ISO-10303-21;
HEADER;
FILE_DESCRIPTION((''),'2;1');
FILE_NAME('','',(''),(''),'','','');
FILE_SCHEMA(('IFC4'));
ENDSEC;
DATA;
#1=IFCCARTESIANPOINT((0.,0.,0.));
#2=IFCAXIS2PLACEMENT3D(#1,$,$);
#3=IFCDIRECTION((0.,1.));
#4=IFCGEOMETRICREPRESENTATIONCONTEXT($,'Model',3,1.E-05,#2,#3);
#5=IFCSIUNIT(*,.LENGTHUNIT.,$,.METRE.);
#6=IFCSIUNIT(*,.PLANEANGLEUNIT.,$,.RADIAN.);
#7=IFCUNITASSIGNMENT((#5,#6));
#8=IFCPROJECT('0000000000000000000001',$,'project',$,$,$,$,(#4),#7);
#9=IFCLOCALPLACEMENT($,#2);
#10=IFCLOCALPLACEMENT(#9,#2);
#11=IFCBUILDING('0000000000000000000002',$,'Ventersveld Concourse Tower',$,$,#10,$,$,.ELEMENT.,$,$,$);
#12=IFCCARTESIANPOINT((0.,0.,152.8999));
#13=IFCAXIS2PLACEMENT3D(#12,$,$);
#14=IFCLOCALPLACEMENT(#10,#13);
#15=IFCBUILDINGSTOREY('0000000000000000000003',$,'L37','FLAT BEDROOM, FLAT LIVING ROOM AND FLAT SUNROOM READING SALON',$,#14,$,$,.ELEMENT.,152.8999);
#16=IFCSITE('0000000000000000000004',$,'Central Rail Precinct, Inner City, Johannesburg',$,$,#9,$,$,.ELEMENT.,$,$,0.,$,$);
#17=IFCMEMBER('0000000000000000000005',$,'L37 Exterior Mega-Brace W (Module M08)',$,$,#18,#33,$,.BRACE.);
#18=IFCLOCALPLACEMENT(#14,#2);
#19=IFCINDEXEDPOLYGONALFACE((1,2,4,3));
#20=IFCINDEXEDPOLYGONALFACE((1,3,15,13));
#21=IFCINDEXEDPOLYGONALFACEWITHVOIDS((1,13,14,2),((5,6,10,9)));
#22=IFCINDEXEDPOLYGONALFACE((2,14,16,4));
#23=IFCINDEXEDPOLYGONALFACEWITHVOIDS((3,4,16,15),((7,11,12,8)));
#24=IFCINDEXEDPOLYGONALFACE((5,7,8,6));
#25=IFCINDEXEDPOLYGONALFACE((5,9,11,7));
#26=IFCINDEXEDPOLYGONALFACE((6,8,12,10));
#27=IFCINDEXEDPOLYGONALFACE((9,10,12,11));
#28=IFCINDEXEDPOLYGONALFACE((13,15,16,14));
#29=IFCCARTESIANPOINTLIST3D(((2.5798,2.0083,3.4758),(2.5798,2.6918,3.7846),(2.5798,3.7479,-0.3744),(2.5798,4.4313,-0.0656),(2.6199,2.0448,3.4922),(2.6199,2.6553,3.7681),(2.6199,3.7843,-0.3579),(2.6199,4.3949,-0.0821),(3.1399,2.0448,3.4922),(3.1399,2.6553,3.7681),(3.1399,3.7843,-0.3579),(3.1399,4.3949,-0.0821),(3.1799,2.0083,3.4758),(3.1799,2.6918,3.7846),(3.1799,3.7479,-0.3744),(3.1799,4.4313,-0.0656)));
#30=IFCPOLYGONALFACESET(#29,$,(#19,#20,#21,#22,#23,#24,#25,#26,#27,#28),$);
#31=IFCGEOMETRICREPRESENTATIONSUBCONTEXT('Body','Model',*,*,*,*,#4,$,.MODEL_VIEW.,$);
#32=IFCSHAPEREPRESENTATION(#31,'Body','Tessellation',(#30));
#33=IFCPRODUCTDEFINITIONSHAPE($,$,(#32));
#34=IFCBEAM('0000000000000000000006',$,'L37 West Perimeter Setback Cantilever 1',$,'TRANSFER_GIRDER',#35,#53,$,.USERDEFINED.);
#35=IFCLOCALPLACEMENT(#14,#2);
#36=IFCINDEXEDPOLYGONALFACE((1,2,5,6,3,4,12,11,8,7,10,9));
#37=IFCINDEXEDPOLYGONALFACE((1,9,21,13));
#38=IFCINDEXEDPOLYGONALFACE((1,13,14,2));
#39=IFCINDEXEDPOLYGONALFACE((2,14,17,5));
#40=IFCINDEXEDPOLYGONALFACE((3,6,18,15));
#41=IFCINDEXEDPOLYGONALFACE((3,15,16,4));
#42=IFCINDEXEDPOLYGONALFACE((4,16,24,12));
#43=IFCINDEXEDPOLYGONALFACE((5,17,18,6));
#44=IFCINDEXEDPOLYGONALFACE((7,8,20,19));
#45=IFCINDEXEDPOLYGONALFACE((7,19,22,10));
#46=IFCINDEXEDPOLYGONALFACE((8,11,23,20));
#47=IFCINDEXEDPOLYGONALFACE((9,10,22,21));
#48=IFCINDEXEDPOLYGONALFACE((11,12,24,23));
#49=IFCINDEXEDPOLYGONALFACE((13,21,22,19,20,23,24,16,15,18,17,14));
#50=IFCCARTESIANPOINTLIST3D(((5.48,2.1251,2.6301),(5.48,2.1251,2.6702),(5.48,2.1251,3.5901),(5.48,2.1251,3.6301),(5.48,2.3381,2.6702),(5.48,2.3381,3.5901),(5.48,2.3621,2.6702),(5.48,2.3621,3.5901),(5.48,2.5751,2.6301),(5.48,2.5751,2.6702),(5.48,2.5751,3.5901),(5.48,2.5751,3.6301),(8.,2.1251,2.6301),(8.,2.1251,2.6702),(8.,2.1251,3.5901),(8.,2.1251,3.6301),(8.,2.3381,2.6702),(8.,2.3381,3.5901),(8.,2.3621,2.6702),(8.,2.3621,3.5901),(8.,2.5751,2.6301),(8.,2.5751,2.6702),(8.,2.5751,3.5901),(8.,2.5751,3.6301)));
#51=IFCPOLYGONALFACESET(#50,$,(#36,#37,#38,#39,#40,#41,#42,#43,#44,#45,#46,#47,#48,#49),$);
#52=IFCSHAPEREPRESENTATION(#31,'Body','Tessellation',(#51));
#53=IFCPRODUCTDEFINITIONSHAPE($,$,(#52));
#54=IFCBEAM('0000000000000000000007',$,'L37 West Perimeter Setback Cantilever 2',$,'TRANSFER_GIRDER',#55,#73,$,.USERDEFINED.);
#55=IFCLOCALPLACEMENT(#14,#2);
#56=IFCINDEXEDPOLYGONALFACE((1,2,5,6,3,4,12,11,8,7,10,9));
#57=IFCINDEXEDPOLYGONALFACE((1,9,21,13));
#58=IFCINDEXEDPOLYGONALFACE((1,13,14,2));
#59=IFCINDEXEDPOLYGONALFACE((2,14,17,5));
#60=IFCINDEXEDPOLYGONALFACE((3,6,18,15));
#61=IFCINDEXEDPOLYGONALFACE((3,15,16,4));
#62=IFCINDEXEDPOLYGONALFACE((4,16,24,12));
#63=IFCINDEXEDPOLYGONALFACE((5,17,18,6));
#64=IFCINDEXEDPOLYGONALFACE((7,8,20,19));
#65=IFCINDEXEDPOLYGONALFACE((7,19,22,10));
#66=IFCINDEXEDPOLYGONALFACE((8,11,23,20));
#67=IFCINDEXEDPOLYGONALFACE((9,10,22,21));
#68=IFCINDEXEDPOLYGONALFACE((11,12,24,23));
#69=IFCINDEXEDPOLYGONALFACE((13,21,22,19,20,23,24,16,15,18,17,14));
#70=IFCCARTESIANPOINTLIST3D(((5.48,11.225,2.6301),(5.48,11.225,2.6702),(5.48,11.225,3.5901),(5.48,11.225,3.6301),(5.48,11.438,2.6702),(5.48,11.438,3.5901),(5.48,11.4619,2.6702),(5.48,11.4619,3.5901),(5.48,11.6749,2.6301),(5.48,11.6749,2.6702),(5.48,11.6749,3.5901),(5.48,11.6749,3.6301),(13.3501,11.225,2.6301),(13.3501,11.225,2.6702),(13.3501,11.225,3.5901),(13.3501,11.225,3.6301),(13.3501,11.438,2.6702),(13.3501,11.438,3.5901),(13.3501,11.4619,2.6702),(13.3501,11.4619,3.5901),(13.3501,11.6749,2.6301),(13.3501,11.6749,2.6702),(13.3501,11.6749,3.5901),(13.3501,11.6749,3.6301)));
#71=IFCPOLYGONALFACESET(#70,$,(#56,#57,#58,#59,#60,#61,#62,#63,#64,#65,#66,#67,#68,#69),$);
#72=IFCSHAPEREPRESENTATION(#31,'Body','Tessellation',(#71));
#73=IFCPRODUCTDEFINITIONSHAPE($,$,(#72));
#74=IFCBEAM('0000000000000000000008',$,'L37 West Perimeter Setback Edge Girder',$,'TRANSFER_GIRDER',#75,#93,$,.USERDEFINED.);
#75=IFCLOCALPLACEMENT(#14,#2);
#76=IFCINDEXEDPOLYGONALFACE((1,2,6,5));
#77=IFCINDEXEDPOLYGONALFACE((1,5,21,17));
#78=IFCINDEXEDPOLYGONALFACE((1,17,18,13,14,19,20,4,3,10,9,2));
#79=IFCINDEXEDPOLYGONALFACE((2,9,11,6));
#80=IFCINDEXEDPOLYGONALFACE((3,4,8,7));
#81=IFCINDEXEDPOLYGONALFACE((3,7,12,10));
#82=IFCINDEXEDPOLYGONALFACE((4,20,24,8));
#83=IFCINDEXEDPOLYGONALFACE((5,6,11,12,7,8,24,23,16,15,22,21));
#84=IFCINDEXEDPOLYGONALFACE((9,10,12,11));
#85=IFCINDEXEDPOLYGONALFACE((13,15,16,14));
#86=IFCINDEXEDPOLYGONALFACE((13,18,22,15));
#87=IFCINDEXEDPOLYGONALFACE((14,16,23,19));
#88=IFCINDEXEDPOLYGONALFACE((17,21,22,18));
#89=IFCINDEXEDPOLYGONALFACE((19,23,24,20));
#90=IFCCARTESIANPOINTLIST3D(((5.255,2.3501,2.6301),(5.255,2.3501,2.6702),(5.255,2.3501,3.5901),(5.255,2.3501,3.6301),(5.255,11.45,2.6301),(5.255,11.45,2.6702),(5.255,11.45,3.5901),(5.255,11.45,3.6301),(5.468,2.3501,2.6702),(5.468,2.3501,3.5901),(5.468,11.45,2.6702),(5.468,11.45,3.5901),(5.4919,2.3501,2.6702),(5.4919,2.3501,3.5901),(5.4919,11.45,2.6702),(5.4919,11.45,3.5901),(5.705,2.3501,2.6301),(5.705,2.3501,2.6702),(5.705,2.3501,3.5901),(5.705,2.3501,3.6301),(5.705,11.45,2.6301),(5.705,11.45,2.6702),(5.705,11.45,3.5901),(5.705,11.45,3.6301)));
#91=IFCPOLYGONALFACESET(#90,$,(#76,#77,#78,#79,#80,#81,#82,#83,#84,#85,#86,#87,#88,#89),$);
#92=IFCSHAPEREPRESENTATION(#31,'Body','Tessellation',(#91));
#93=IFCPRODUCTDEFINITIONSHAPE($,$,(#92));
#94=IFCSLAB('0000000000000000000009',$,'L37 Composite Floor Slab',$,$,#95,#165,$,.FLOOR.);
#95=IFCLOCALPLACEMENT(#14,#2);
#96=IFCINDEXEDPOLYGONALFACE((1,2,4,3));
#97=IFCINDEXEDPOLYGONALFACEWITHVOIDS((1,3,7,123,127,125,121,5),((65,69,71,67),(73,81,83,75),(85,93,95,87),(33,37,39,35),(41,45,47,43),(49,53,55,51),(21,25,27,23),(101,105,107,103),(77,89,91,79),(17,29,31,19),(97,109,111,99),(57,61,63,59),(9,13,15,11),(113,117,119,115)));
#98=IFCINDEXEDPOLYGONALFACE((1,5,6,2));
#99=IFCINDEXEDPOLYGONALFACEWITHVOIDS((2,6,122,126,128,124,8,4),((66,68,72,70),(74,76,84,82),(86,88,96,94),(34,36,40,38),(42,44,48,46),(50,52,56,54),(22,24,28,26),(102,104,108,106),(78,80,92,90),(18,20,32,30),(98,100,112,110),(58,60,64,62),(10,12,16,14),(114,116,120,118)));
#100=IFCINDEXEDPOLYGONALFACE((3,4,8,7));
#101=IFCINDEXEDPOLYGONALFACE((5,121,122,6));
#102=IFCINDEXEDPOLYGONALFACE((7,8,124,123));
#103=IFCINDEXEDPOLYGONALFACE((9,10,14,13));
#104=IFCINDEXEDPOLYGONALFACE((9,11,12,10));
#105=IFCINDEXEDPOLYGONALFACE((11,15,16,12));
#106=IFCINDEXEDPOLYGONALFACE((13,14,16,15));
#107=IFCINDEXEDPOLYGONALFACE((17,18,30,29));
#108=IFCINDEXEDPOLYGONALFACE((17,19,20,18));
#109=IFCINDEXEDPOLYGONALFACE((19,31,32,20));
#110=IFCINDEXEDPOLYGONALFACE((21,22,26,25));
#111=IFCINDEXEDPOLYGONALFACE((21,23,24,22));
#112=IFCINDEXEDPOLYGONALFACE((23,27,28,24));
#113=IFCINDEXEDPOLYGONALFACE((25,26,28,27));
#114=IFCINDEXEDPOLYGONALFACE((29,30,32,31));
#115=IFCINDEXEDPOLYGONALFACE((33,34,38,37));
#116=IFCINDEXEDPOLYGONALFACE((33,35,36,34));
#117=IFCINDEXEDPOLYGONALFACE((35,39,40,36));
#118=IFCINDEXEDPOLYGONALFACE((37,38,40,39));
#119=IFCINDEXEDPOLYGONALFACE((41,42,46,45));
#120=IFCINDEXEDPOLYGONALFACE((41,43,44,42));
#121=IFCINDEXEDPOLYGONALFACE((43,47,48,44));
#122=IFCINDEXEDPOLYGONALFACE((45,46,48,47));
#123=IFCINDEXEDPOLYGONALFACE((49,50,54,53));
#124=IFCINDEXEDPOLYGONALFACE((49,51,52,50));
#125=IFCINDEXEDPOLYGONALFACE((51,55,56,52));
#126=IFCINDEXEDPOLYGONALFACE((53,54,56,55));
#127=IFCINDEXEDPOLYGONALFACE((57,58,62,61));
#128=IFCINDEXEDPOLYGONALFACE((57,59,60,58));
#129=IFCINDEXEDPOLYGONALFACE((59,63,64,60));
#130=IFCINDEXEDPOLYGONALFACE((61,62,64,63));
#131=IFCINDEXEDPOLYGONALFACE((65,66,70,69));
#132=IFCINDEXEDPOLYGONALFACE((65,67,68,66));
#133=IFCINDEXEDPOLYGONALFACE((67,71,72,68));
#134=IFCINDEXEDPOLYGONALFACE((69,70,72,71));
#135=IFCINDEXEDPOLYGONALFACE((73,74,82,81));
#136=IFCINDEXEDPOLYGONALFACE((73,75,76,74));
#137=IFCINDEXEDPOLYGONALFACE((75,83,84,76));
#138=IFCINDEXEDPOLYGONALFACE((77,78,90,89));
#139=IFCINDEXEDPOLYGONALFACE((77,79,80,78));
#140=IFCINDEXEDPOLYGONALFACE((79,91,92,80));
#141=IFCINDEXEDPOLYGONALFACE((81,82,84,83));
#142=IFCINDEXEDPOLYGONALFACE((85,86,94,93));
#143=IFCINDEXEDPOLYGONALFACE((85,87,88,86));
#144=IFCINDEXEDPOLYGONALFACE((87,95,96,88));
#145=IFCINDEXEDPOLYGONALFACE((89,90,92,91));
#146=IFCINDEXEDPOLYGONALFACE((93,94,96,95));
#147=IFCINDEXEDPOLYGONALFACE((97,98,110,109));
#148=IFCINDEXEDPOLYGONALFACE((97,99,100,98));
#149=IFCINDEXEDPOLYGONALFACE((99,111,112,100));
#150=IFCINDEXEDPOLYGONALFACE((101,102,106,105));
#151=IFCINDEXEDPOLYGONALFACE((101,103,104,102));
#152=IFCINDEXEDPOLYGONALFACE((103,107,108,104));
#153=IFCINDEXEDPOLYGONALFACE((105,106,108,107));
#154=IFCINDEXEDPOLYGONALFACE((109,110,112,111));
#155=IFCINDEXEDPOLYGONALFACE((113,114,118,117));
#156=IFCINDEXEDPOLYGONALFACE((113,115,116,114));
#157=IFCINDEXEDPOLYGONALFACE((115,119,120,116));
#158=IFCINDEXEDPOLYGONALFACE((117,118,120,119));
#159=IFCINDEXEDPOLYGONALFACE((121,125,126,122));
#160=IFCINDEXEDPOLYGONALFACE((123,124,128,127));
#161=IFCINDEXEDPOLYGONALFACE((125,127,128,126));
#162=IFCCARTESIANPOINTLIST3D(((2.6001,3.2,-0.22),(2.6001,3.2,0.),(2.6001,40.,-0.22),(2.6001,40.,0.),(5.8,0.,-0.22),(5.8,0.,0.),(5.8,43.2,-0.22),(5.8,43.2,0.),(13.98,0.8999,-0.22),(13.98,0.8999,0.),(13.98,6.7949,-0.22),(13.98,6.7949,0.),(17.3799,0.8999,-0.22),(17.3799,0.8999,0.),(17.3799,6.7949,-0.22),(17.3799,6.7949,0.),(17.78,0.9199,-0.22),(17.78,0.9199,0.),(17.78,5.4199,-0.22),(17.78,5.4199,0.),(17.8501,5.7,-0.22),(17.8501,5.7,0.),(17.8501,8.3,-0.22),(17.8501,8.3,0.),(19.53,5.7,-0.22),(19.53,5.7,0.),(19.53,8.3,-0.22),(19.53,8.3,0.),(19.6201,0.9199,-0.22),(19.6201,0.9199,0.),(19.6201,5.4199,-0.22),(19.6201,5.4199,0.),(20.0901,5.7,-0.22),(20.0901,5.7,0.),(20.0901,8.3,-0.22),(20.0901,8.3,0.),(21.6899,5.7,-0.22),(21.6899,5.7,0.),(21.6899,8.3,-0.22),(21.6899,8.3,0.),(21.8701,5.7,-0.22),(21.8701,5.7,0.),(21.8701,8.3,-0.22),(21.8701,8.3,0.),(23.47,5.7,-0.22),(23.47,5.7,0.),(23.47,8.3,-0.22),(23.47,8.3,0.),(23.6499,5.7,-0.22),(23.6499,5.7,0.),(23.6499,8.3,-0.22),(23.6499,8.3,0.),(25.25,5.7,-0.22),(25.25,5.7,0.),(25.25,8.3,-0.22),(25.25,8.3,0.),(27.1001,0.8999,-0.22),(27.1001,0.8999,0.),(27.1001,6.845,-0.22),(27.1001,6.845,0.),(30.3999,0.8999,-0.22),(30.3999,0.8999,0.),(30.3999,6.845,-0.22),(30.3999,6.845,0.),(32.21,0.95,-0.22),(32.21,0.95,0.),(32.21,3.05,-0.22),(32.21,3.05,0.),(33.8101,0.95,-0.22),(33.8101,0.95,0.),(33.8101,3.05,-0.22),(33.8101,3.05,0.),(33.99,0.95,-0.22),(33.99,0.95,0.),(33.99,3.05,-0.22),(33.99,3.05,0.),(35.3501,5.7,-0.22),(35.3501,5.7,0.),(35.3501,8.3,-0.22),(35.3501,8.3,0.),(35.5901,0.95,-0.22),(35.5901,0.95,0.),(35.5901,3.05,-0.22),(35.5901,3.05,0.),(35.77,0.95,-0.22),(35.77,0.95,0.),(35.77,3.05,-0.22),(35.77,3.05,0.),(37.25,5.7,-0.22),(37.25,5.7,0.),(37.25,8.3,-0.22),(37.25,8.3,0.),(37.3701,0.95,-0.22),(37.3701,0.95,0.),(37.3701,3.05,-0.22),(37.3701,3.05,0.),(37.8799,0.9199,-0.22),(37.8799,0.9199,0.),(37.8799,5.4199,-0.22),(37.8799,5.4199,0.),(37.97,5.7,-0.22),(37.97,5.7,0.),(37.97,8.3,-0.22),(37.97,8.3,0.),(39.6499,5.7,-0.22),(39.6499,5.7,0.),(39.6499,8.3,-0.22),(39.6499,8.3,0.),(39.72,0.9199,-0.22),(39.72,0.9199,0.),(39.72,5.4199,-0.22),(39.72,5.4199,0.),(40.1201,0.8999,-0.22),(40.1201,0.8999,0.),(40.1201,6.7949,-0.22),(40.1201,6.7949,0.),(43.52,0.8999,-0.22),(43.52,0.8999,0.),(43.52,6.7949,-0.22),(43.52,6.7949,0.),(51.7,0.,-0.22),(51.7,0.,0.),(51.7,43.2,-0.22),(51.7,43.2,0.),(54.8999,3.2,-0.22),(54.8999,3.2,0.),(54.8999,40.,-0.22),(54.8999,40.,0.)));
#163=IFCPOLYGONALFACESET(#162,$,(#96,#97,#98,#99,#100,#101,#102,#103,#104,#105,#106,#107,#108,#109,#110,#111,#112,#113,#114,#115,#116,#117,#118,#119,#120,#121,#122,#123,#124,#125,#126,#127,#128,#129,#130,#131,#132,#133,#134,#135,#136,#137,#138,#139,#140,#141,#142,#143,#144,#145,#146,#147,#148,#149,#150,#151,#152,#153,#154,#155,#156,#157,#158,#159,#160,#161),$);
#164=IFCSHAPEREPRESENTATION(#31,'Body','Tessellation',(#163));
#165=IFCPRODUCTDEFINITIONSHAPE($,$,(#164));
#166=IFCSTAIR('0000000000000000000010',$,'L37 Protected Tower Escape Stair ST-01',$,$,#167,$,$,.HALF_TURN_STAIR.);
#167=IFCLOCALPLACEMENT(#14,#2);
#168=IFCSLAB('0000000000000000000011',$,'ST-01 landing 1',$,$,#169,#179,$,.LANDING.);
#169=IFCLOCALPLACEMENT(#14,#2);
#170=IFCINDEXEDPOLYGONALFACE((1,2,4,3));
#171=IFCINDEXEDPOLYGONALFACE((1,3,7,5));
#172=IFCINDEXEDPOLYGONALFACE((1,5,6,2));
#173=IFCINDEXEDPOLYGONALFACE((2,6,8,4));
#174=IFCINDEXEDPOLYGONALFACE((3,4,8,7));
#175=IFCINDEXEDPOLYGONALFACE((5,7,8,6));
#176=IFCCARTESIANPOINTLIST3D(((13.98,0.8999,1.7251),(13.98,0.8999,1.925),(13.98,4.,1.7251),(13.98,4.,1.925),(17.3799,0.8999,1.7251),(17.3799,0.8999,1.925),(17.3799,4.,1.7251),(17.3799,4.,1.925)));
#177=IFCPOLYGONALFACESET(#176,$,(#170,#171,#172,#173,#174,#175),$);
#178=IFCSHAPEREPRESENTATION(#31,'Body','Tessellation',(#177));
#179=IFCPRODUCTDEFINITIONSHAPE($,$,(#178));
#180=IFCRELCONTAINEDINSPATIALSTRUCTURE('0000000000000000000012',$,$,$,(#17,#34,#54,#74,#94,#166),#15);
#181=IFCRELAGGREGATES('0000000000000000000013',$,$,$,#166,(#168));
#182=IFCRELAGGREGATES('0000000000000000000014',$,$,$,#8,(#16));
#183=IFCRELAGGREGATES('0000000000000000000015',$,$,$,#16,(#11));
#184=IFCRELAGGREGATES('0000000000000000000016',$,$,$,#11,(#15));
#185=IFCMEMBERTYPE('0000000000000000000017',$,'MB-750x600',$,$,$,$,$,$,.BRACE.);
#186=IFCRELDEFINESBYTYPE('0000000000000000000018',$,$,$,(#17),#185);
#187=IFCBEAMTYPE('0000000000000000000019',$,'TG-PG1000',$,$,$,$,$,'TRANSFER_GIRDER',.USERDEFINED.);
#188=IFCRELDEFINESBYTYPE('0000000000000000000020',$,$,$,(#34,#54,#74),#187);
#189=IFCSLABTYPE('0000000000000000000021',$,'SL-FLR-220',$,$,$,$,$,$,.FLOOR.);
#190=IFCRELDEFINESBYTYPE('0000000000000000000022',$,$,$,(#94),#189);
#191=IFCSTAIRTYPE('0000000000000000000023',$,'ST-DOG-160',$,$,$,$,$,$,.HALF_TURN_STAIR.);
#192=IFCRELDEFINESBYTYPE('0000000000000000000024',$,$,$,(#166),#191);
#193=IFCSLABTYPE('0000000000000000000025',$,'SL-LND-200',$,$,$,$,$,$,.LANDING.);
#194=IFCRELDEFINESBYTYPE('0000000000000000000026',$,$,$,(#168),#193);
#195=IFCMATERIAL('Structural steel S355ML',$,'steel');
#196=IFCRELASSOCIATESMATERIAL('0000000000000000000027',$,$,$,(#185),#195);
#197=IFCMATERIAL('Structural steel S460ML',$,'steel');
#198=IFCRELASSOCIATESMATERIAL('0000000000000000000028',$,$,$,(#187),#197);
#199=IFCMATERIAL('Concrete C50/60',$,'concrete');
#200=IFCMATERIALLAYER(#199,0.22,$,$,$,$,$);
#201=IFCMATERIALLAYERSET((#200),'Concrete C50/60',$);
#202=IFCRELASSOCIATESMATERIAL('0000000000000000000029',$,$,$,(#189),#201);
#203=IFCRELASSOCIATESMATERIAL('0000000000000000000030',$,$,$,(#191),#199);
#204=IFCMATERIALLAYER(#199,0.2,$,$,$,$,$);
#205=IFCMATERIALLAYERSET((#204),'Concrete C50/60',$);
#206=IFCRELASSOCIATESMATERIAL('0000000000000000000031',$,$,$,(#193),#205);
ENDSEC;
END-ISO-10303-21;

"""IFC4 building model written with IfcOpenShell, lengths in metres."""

from ifc_helpers import new_model, si_unit, direction, frame, origin, origin_2d, place, context, subcontext, project, spatial, polyline, hollow_rectangle, i_section, outline, extrude, material, layer, layer_set, material_profile, profile_set, type_object, element, aggregate, save


model = new_model("IFC4")

# Units and contexts
model_context = context("Model", 3, precision=1e-05, world=origin(), true_north=direction((0.0, 1.0)))
body_context = subcontext(model_context, "Body", "Model", "MODEL_VIEW")
ifc_project = project(units=[si_unit("LENGTHUNIT", "METRE"), si_unit("PLANEANGLEUNIT", "RADIAN")], contexts=[model_context])

# Site, building, storey
site_placement = place(None, origin())
site = spatial("IfcSite", under=ifc_project, at=site_placement, Name="Central Rail Precinct, Inner City, Johannesburg", CompositionType="ELEMENT", RefElevation=0.0)
building_placement = place(site_placement, origin())
building = spatial("IfcBuilding", under=site, at=building_placement, Name="Ventersveld Concourse Tower", CompositionType="ELEMENT")
storey_placement = place(building_placement, frame((0.0, 0.0, 152.8999)))
storey = spatial("IfcBuildingStorey", under=building, at=storey_placement, Name="L37", Description="FLAT BEDROOM, FLAT LIVING ROOM AND FLAT SUNROOM READING SALON", CompositionType="ELEMENT", Elevation=152.8999)

# Member
ifc_material_1 = material(Name="Structural steel S355ML", Category="steel")
ifc_material_profile_1 = material_profile(ifc_material_1, hollow_rectangle(XDim=0.6001, YDim=0.75, WallThickness=0.04, at=origin_2d()), Name="BOX 750x600x40")
ifc_profile_set_1 = profile_set([ifc_material_profile_1], Name="Structural steel S355ML")
member_type = type_object("IfcMemberType", Name="MB-750x600", PredefinedType="BRACE", material=ifc_profile_set_1)
member_placement = place(storey_placement, frame((2.8799, 4.0896, -0.22), z_axis=(0.0, -0.411734, 0.911304), x_axis=(1.0, 0.0, 0.0)))
element("IfcMember", 1, at=member_placement, inside=storey, type_object=member_type, Name="L37 Exterior Mega-Brace W (Module M08)", PredefinedType="BRACE", context=body_context, shape_type="SweptSolid", body=[
    extrude(hollow_rectangle(XDim=0.6001, YDim=0.75, WallThickness=0.04, at=origin_2d()), origin(), (0.0, 0.0, 1.0), 4.2249),
])

# Beams
ifc_material_2 = material(Name="Structural steel S460ML", Category="steel")
ifc_material_profile_2 = material_profile(ifc_material_2, i_section(OverallWidth=0.45, OverallDepth=1.0, WebThickness=0.0239, FlangeThickness=0.04, at=origin_2d()), Name="PG 1000x450x40")
ifc_profile_set_2 = profile_set([ifc_material_profile_2], Name="Structural steel S460ML")
beam_type = type_object("IfcBeamType", Name="TG-PG1000", ElementType="TRANSFER_GIRDER", PredefinedType="USERDEFINED", material=ifc_profile_set_2)
beam_1_placement = place(storey_placement, frame((5.48, 2.3501, 3.1301), z_axis=(1.0, 0.0, 0.0), x_axis=(0.0, 1.0, 0.0)))
element("IfcBeam", 2, at=beam_1_placement, inside=storey, type_object=beam_type, Name="L37 West Perimeter Setback Cantilever 1", ObjectType="TRANSFER_GIRDER", PredefinedType="USERDEFINED", context=body_context, shape_type="SweptSolid", body=[
    extrude(i_section(OverallWidth=0.45, OverallDepth=1.0, WebThickness=0.0239, FlangeThickness=0.04, at=origin_2d()), origin(), (0.0, 0.0, 1.0), 2.52),
])
beam_2_placement = place(storey_placement, frame((5.48, 11.45, 3.1301), z_axis=(1.0, 0.0, 0.0), x_axis=(0.0, 1.0, 0.0)))
element("IfcBeam", 3, at=beam_2_placement, inside=storey, type_object=beam_type, Name="L37 West Perimeter Setback Cantilever 2", ObjectType="TRANSFER_GIRDER", PredefinedType="USERDEFINED", context=body_context, shape_type="SweptSolid", body=[
    extrude(i_section(OverallWidth=0.45, OverallDepth=1.0, WebThickness=0.0239, FlangeThickness=0.04, at=origin_2d()), origin(), (0.0, 0.0, 1.0), 7.8701),
])
beam_3_placement = place(storey_placement, frame((5.48, 2.3501, 3.1301), z_axis=(0.0, 1.0, 0.0), x_axis=(-1.0, 0.0, 0.0)))
element("IfcBeam", 4, at=beam_3_placement, inside=storey, type_object=beam_type, Name="L37 West Perimeter Setback Edge Girder", ObjectType="TRANSFER_GIRDER", PredefinedType="USERDEFINED", context=body_context, shape_type="SweptSolid", body=[
    extrude(i_section(OverallWidth=0.45, OverallDepth=1.0, WebThickness=0.0239, FlangeThickness=0.04, at=origin_2d()), origin(), (0.0, 0.0, 1.0), 9.0999),
])

# Slab
ifc_material_3 = material(Name="Concrete C50/60", Category="concrete")
ifc_layer_1 = layer(ifc_material_3, 0.22)
ifc_layer_set_1 = layer_set([ifc_layer_1], Name="Concrete C50/60")
slab_type_1 = type_object("IfcSlabType", Name="SL-FLR-220", PredefinedType="FLOOR", material=ifc_layer_set_1)
slab_1_placement = place(storey_placement, frame((0.0, 0.0, -0.22)))
element("IfcSlab", 5, at=slab_1_placement, inside=storey, type_object=slab_type_1, Name="L37 Composite Floor Slab", PredefinedType="FLOOR", context=body_context, shape_type="SweptSolid", body=[
    extrude(outline(polyline([(5.8, 0.0), (51.7, 0.0), (54.8999, 3.2), (54.8999, 40.0), (51.7, 43.2), (5.8, 43.2), (2.6001, 40.0), (2.6001, 3.2), (5.8, 0.0)]), holes=[polyline([(13.98, 6.7949), (13.98, 0.8999), (17.3799, 0.8999), (17.3799, 6.7949), (13.98, 6.7949)]), polyline([(40.1201, 6.7949), (40.1201, 0.8999), (43.52, 0.8999), (43.52, 6.7949), (40.1201, 6.7949)]), polyline([(27.1001, 6.845), (27.1001, 0.8999), (30.3999, 0.8999), (30.3999, 6.845), (27.1001, 6.845)]), polyline([(17.8501, 5.7), (19.53, 5.7), (19.53, 8.3), (17.8501, 8.3), (17.8501, 5.7)]), polyline([(37.97, 5.7), (39.6499, 5.7), (39.6499, 8.3), (37.97, 8.3), (37.97, 5.7)]), polyline([(35.3501, 5.7), (37.25, 5.7), (37.25, 8.3), (35.3501, 8.3), (35.3501, 5.7)]), polyline([(32.21, 0.95), (33.8101, 0.95), (33.8101, 3.05), (32.21, 3.05), (32.21, 0.95)]), polyline([(33.99, 0.95), (35.5901, 0.95), (35.5901, 3.05), (33.99, 3.05), (33.99, 0.95)]), polyline([(35.77, 0.95), (37.3701, 0.95), (37.3701, 3.05), (35.77, 3.05), (35.77, 0.95)]), polyline([(20.0901, 5.7), (21.6899, 5.7), (21.6899, 8.3), (20.0901, 8.3), (20.0901, 5.7)]), polyline([(21.8701, 5.7), (23.47, 5.7), (23.47, 8.3), (21.8701, 8.3), (21.8701, 5.7)]), polyline([(23.6499, 5.7), (25.25, 5.7), (25.25, 8.3), (23.6499, 8.3), (23.6499, 5.7)]), polyline([(17.78, 0.9199), (19.6201, 0.9199), (19.6201, 5.4199), (17.78, 5.4199), (17.78, 0.9199)]), polyline([(37.8799, 0.9199), (39.72, 0.9199), (39.72, 5.4199), (37.8799, 5.4199), (37.8799, 0.9199)])]), origin(), (0.0, 0.0, 1.0), 0.22),
])

# Stair, slab
stair_type_1 = type_object("IfcStairType", Name="ST-DOG-160", PredefinedType="HALF_TURN_STAIR", material=ifc_material_3)
stair_1_placement = place(storey_placement, origin())
stair_1 = element("IfcStair", 6, at=stair_1_placement, inside=storey, type_object=stair_type_1, Name="L37 Protected Tower Escape Stair ST-01", PredefinedType="HALF_TURN_STAIR")
ifc_layer_2 = layer(ifc_material_3, 0.2)
ifc_layer_set_2 = layer_set([ifc_layer_2], Name="Concrete C50/60")
slab_type_2 = type_object("IfcSlabType", Name="SL-LND-200", PredefinedType="LANDING", material=ifc_layer_set_2)
slab_2_placement = place(storey_placement, frame((0.0, 0.0, 1.7251)))
slab_2 = element("IfcSlab", 7, at=slab_2_placement, type_object=slab_type_2, Name="ST-01 landing 1", PredefinedType="LANDING", context=body_context, shape_type="SweptSolid", body=[
    extrude(outline(polyline([(13.98, 4.0), (13.98, 0.8999), (17.3799, 0.8999), (17.3799, 4.0), (13.98, 4.0)])), origin(), (0.0, 0.0, 1.0), 0.2),
])
aggregate(stair_1, [slab_2])

save(model, "model.ifc")
